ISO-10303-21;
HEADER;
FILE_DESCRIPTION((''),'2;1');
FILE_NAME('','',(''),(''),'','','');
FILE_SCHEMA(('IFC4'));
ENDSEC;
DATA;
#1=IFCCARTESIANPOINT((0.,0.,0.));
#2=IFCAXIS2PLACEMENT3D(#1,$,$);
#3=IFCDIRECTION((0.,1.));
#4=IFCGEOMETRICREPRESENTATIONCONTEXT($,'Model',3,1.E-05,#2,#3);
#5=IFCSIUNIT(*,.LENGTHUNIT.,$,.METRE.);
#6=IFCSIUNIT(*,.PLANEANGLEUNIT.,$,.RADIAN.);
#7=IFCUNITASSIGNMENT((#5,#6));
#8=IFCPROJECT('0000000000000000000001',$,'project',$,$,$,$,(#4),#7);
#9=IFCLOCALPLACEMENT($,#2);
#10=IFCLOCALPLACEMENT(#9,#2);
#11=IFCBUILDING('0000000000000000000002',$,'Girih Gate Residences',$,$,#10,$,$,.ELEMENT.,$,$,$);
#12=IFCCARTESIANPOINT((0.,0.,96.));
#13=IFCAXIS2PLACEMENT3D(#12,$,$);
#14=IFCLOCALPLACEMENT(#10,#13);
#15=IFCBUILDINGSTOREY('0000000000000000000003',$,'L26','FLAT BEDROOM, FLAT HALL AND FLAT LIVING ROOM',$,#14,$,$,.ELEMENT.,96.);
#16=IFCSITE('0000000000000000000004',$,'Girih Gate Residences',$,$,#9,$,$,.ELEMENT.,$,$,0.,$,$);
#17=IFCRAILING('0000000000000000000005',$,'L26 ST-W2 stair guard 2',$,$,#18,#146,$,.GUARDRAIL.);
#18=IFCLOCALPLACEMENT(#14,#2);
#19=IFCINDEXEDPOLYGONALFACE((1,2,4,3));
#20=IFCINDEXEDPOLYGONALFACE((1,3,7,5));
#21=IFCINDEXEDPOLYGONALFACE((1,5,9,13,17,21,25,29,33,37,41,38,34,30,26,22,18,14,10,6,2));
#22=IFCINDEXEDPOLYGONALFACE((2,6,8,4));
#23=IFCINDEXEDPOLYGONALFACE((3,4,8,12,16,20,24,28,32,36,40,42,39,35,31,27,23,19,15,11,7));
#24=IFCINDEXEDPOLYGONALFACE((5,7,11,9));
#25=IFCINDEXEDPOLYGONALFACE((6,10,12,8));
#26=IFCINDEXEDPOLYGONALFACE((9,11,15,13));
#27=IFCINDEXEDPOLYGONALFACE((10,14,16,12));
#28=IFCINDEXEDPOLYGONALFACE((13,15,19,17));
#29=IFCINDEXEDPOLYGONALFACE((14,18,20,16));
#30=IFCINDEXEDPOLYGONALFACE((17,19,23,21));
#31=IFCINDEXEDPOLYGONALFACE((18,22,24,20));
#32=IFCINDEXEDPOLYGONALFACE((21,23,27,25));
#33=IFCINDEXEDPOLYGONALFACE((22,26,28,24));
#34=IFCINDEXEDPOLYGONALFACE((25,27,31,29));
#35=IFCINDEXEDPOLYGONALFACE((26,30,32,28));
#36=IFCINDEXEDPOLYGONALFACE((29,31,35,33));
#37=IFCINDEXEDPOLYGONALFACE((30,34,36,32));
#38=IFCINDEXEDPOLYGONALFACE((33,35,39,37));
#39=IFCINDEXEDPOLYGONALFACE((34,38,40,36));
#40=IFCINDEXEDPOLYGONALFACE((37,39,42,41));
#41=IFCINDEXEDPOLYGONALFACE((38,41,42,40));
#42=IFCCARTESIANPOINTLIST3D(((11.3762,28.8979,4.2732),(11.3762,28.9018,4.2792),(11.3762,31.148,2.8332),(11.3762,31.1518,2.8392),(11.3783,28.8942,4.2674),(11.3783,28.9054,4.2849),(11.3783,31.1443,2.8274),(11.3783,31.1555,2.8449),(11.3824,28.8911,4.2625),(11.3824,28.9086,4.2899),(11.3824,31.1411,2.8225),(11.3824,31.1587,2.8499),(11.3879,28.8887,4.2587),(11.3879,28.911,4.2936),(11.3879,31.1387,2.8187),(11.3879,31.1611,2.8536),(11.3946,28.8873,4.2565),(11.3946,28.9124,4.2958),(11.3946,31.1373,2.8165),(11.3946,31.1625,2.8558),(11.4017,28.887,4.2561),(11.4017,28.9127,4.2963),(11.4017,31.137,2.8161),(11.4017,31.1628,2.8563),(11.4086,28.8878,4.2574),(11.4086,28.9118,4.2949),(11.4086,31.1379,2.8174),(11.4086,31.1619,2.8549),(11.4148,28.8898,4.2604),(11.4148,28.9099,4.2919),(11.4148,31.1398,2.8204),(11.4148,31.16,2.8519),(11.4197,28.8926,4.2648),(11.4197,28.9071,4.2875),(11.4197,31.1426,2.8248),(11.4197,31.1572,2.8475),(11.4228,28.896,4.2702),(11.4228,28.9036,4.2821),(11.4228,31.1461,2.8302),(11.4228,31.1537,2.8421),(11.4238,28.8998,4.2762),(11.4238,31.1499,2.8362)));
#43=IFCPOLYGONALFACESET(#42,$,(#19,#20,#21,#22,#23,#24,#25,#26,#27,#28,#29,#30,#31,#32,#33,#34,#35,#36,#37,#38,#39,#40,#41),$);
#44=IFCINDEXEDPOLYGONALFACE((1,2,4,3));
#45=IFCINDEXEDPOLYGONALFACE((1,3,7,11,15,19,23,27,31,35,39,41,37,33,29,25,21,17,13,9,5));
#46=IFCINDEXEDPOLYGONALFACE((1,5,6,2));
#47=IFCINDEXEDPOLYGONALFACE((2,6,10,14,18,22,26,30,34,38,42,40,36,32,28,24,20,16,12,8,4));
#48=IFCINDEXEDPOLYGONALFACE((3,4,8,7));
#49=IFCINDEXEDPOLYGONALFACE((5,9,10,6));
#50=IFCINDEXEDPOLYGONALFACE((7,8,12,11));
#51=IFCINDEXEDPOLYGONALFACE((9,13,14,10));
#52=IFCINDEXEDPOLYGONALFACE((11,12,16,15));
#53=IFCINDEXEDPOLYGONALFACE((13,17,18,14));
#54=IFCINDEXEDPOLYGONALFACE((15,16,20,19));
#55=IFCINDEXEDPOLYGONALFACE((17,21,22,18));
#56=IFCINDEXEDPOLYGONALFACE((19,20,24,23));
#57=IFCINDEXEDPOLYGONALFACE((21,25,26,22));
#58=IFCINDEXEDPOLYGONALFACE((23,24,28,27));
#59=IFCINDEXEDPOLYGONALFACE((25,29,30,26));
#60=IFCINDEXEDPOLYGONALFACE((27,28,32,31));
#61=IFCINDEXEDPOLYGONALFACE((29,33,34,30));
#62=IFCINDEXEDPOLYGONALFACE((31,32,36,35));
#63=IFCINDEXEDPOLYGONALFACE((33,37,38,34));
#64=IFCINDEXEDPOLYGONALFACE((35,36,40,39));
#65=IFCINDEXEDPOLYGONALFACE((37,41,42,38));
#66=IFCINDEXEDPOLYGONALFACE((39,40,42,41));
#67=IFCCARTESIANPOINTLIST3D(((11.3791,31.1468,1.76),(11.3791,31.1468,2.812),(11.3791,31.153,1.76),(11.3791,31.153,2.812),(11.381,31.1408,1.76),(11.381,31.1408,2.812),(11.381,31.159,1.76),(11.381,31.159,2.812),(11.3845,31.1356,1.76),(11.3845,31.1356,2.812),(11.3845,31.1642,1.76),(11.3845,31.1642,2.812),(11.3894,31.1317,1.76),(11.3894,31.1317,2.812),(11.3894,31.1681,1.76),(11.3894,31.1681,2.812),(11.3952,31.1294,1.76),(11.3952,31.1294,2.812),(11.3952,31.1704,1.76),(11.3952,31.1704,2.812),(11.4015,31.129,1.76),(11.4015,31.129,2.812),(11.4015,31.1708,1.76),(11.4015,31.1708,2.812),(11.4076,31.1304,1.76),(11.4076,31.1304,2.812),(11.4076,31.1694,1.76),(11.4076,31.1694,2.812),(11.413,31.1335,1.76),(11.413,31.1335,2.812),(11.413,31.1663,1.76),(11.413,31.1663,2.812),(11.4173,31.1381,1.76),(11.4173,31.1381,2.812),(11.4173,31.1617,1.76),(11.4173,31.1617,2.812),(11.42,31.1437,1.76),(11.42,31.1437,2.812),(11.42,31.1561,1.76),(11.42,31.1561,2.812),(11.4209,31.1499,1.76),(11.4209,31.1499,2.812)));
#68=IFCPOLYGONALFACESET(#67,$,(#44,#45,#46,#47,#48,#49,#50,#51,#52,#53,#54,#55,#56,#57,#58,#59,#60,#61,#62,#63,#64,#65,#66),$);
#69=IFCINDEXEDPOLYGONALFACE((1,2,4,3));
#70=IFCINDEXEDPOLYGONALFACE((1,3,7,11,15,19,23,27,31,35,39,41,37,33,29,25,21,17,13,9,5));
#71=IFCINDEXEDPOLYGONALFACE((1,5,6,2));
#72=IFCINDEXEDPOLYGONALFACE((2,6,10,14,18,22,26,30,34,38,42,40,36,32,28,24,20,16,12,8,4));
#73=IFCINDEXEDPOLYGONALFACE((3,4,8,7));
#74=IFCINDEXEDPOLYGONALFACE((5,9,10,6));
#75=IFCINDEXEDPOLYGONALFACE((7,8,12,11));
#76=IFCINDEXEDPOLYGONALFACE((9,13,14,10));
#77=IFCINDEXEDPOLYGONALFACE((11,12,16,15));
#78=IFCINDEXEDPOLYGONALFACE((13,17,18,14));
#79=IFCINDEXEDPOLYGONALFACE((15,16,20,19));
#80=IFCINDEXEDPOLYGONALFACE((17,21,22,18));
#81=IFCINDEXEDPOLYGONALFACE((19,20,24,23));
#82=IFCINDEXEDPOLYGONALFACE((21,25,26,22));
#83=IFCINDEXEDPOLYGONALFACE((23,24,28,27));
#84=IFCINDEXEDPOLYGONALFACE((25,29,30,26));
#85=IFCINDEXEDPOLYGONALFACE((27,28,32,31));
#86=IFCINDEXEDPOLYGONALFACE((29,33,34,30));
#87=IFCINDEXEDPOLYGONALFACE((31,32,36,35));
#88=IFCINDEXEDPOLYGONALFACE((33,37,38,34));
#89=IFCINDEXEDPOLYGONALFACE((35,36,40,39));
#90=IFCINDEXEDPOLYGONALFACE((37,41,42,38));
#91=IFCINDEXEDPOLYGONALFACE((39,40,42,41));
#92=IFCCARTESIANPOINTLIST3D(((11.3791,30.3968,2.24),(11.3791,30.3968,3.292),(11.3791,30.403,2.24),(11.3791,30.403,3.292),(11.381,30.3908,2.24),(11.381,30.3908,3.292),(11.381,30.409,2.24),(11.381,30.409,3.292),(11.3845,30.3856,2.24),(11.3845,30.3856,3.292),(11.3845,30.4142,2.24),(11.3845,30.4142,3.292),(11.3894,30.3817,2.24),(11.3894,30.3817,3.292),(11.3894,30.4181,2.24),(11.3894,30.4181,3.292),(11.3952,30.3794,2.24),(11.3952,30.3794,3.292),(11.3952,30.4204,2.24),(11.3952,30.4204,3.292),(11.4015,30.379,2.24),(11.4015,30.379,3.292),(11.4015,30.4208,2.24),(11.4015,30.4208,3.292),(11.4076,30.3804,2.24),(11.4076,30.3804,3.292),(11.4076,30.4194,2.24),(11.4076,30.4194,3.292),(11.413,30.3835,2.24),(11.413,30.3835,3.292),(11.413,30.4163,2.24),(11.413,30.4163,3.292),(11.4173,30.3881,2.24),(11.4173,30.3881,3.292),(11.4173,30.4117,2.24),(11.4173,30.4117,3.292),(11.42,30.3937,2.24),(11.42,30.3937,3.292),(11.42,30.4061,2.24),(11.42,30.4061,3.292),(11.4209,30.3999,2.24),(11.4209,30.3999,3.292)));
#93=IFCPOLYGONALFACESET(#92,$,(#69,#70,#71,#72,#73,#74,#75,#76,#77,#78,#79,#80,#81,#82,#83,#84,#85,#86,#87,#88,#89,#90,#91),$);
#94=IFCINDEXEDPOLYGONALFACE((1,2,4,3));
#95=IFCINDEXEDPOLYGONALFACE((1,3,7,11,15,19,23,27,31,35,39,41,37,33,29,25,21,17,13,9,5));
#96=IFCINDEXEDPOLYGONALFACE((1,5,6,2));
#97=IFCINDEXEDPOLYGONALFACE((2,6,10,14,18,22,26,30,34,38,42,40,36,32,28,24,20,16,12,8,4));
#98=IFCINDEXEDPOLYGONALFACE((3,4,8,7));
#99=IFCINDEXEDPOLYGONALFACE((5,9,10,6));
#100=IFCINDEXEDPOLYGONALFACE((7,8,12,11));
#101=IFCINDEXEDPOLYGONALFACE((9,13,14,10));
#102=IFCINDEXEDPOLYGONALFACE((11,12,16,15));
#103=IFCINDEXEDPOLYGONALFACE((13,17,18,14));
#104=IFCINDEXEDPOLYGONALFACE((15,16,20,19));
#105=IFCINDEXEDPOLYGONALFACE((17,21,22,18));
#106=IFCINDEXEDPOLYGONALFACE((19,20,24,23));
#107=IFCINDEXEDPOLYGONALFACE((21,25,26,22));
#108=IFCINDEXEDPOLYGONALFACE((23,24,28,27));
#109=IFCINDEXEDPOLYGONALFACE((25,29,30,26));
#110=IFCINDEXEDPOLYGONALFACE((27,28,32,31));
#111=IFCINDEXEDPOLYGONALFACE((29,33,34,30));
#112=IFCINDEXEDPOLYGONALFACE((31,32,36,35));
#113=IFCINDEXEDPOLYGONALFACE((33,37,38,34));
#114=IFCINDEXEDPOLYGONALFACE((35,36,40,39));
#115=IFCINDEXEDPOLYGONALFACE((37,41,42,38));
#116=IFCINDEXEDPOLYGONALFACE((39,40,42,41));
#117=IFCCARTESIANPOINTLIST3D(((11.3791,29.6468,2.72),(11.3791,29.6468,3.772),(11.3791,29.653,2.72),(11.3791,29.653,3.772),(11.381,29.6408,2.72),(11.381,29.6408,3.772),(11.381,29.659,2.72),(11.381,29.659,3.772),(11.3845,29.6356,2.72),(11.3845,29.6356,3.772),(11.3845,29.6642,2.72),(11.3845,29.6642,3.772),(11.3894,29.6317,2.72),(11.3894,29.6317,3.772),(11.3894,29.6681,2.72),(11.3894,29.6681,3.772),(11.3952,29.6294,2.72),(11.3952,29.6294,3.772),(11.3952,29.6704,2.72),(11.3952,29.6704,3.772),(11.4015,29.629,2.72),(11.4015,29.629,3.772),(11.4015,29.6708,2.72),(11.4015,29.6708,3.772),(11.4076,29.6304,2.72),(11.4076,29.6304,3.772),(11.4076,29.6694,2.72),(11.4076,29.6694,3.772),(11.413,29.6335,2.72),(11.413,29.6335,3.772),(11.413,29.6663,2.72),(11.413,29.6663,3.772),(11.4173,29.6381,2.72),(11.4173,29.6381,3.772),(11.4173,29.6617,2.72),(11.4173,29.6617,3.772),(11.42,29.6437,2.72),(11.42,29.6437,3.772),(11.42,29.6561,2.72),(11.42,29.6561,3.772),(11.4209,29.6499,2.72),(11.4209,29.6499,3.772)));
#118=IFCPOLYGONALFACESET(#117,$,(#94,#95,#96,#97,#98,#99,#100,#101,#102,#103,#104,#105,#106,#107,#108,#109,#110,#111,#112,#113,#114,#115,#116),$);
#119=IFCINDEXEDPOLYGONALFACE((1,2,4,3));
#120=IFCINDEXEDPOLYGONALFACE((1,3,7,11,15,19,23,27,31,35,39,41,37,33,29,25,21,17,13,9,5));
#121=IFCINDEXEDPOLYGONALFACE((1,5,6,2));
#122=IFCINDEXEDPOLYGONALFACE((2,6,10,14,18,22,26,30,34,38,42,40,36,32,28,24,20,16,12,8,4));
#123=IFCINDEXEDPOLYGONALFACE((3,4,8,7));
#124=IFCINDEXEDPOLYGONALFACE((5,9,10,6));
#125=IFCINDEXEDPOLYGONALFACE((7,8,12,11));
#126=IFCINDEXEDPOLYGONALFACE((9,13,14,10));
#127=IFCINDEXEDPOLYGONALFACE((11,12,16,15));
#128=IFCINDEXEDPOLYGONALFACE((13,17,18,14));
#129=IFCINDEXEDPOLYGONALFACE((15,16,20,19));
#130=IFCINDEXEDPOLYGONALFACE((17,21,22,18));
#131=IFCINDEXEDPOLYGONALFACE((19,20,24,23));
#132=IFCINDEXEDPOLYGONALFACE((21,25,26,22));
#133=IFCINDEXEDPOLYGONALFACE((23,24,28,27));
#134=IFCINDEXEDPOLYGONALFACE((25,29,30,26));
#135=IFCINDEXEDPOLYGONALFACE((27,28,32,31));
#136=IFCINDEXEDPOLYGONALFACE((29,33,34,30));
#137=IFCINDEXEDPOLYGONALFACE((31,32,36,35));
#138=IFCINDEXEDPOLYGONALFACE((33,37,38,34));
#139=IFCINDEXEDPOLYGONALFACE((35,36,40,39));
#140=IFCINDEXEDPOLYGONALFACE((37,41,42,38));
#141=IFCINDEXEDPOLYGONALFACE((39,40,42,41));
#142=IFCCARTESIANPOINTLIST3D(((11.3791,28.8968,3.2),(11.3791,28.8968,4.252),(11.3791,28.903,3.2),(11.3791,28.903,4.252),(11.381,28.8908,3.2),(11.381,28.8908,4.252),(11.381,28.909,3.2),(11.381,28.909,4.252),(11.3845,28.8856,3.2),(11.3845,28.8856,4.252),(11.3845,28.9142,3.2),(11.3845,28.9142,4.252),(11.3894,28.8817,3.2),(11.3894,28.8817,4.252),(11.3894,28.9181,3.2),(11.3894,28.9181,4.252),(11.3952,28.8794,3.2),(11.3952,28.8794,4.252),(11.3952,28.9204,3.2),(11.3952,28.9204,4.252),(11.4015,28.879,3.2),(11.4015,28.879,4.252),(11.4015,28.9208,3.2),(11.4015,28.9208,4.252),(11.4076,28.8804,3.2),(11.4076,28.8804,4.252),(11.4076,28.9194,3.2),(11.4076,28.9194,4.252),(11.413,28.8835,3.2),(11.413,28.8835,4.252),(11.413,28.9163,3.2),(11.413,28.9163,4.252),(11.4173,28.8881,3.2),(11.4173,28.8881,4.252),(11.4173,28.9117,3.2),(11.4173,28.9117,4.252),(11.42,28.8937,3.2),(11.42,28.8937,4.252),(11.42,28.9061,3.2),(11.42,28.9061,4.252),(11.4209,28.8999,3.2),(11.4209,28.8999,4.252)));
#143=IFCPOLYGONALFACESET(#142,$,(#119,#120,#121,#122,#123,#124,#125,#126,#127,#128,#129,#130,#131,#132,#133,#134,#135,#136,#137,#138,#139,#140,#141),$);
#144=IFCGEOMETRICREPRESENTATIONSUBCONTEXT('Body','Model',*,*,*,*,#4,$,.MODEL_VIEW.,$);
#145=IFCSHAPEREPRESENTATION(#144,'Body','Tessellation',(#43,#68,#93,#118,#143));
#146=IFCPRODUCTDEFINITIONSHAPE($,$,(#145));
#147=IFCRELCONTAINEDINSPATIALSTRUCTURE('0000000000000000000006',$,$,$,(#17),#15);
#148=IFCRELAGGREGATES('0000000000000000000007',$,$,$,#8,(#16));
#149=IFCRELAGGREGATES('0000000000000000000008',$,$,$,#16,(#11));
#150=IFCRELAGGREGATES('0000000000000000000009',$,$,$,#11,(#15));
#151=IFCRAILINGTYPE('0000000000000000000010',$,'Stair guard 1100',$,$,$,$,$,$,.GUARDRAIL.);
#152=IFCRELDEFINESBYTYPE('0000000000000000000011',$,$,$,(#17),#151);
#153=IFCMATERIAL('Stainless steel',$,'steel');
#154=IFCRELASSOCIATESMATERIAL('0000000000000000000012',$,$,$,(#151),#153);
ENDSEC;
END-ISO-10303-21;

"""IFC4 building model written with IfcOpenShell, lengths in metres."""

from ifc_helpers import new_model, si_unit, direction, frame, origin, origin_2d, place, context, subcontext, project, spatial, circle, extrude, material, type_object, element, save


model = new_model("IFC4")

# Units and contexts
model_context = context("Model", 3, precision=1e-05, world=origin(), true_north=direction((0.0, 1.0)))
body_context = subcontext(model_context, "Body", "Model", "MODEL_VIEW")
ifc_project = project(units=[si_unit("LENGTHUNIT", "METRE"), si_unit("PLANEANGLEUNIT", "RADIAN")], contexts=[model_context])

# Site, building, storey
site_placement = place(None, origin())
site = spatial("IfcSite", under=ifc_project, at=site_placement, Name="Girih Gate Residences", CompositionType="ELEMENT", RefElevation=0.0)
building_placement = place(site_placement, origin())
building = spatial("IfcBuilding", under=site, at=building_placement, Name="Girih Gate Residences", CompositionType="ELEMENT")
storey_placement = place(building_placement, frame((0.0, 0.0, 96.0)))
storey = spatial("IfcBuildingStorey", under=building, at=storey_placement, Name="L26", Description="FLAT BEDROOM, FLAT HALL AND FLAT LIVING ROOM", CompositionType="ELEMENT", Elevation=96.0)

# Railing
ifc_material_1 = material(Name="Stainless steel", Category="steel")
railing_type_1 = type_object("IfcRailingType", Name="Stair guard 1100", PredefinedType="GUARDRAIL", material=ifc_material_1)
railing_1_placement = place(storey_placement, frame((11.3999, 31.1499, 1.76)))
element("IfcRailing", 1, at=railing_1_placement, inside=storey, type_object=railing_type_1, Name="L26 ST-W2 stair guard 2", PredefinedType="GUARDRAIL", context=body_context, shape_type="SweptSolid", body=[
    extrude(circle(Radius=0.0239, at=origin_2d()), frame((0.0, 0.0, 1.0762), z_axis=(0.0, -0.842281, 0.539038), x_axis=(1.0, 0.0, 0.0)), (0.0, 0.0, 1.0), 2.6714),
    extrude(circle(Radius=0.021, at=origin_2d()), origin(), (0.0, 0.0, 1.0), 1.052),
    extrude(circle(Radius=0.021, at=origin_2d()), frame((0.0, -0.75, 0.48)), (0.0, 0.0, 1.0), 1.052),
    extrude(circle(Radius=0.021, at=origin_2d()), frame((0.0, -1.5, 0.96)), (0.0, 0.0, 1.0), 1.052),
    extrude(circle(Radius=0.021, at=origin_2d()), frame((0.0, -2.25, 1.4399)), (0.0, 0.0, 1.0), 1.052),
])

save(model, "model.ifc")
